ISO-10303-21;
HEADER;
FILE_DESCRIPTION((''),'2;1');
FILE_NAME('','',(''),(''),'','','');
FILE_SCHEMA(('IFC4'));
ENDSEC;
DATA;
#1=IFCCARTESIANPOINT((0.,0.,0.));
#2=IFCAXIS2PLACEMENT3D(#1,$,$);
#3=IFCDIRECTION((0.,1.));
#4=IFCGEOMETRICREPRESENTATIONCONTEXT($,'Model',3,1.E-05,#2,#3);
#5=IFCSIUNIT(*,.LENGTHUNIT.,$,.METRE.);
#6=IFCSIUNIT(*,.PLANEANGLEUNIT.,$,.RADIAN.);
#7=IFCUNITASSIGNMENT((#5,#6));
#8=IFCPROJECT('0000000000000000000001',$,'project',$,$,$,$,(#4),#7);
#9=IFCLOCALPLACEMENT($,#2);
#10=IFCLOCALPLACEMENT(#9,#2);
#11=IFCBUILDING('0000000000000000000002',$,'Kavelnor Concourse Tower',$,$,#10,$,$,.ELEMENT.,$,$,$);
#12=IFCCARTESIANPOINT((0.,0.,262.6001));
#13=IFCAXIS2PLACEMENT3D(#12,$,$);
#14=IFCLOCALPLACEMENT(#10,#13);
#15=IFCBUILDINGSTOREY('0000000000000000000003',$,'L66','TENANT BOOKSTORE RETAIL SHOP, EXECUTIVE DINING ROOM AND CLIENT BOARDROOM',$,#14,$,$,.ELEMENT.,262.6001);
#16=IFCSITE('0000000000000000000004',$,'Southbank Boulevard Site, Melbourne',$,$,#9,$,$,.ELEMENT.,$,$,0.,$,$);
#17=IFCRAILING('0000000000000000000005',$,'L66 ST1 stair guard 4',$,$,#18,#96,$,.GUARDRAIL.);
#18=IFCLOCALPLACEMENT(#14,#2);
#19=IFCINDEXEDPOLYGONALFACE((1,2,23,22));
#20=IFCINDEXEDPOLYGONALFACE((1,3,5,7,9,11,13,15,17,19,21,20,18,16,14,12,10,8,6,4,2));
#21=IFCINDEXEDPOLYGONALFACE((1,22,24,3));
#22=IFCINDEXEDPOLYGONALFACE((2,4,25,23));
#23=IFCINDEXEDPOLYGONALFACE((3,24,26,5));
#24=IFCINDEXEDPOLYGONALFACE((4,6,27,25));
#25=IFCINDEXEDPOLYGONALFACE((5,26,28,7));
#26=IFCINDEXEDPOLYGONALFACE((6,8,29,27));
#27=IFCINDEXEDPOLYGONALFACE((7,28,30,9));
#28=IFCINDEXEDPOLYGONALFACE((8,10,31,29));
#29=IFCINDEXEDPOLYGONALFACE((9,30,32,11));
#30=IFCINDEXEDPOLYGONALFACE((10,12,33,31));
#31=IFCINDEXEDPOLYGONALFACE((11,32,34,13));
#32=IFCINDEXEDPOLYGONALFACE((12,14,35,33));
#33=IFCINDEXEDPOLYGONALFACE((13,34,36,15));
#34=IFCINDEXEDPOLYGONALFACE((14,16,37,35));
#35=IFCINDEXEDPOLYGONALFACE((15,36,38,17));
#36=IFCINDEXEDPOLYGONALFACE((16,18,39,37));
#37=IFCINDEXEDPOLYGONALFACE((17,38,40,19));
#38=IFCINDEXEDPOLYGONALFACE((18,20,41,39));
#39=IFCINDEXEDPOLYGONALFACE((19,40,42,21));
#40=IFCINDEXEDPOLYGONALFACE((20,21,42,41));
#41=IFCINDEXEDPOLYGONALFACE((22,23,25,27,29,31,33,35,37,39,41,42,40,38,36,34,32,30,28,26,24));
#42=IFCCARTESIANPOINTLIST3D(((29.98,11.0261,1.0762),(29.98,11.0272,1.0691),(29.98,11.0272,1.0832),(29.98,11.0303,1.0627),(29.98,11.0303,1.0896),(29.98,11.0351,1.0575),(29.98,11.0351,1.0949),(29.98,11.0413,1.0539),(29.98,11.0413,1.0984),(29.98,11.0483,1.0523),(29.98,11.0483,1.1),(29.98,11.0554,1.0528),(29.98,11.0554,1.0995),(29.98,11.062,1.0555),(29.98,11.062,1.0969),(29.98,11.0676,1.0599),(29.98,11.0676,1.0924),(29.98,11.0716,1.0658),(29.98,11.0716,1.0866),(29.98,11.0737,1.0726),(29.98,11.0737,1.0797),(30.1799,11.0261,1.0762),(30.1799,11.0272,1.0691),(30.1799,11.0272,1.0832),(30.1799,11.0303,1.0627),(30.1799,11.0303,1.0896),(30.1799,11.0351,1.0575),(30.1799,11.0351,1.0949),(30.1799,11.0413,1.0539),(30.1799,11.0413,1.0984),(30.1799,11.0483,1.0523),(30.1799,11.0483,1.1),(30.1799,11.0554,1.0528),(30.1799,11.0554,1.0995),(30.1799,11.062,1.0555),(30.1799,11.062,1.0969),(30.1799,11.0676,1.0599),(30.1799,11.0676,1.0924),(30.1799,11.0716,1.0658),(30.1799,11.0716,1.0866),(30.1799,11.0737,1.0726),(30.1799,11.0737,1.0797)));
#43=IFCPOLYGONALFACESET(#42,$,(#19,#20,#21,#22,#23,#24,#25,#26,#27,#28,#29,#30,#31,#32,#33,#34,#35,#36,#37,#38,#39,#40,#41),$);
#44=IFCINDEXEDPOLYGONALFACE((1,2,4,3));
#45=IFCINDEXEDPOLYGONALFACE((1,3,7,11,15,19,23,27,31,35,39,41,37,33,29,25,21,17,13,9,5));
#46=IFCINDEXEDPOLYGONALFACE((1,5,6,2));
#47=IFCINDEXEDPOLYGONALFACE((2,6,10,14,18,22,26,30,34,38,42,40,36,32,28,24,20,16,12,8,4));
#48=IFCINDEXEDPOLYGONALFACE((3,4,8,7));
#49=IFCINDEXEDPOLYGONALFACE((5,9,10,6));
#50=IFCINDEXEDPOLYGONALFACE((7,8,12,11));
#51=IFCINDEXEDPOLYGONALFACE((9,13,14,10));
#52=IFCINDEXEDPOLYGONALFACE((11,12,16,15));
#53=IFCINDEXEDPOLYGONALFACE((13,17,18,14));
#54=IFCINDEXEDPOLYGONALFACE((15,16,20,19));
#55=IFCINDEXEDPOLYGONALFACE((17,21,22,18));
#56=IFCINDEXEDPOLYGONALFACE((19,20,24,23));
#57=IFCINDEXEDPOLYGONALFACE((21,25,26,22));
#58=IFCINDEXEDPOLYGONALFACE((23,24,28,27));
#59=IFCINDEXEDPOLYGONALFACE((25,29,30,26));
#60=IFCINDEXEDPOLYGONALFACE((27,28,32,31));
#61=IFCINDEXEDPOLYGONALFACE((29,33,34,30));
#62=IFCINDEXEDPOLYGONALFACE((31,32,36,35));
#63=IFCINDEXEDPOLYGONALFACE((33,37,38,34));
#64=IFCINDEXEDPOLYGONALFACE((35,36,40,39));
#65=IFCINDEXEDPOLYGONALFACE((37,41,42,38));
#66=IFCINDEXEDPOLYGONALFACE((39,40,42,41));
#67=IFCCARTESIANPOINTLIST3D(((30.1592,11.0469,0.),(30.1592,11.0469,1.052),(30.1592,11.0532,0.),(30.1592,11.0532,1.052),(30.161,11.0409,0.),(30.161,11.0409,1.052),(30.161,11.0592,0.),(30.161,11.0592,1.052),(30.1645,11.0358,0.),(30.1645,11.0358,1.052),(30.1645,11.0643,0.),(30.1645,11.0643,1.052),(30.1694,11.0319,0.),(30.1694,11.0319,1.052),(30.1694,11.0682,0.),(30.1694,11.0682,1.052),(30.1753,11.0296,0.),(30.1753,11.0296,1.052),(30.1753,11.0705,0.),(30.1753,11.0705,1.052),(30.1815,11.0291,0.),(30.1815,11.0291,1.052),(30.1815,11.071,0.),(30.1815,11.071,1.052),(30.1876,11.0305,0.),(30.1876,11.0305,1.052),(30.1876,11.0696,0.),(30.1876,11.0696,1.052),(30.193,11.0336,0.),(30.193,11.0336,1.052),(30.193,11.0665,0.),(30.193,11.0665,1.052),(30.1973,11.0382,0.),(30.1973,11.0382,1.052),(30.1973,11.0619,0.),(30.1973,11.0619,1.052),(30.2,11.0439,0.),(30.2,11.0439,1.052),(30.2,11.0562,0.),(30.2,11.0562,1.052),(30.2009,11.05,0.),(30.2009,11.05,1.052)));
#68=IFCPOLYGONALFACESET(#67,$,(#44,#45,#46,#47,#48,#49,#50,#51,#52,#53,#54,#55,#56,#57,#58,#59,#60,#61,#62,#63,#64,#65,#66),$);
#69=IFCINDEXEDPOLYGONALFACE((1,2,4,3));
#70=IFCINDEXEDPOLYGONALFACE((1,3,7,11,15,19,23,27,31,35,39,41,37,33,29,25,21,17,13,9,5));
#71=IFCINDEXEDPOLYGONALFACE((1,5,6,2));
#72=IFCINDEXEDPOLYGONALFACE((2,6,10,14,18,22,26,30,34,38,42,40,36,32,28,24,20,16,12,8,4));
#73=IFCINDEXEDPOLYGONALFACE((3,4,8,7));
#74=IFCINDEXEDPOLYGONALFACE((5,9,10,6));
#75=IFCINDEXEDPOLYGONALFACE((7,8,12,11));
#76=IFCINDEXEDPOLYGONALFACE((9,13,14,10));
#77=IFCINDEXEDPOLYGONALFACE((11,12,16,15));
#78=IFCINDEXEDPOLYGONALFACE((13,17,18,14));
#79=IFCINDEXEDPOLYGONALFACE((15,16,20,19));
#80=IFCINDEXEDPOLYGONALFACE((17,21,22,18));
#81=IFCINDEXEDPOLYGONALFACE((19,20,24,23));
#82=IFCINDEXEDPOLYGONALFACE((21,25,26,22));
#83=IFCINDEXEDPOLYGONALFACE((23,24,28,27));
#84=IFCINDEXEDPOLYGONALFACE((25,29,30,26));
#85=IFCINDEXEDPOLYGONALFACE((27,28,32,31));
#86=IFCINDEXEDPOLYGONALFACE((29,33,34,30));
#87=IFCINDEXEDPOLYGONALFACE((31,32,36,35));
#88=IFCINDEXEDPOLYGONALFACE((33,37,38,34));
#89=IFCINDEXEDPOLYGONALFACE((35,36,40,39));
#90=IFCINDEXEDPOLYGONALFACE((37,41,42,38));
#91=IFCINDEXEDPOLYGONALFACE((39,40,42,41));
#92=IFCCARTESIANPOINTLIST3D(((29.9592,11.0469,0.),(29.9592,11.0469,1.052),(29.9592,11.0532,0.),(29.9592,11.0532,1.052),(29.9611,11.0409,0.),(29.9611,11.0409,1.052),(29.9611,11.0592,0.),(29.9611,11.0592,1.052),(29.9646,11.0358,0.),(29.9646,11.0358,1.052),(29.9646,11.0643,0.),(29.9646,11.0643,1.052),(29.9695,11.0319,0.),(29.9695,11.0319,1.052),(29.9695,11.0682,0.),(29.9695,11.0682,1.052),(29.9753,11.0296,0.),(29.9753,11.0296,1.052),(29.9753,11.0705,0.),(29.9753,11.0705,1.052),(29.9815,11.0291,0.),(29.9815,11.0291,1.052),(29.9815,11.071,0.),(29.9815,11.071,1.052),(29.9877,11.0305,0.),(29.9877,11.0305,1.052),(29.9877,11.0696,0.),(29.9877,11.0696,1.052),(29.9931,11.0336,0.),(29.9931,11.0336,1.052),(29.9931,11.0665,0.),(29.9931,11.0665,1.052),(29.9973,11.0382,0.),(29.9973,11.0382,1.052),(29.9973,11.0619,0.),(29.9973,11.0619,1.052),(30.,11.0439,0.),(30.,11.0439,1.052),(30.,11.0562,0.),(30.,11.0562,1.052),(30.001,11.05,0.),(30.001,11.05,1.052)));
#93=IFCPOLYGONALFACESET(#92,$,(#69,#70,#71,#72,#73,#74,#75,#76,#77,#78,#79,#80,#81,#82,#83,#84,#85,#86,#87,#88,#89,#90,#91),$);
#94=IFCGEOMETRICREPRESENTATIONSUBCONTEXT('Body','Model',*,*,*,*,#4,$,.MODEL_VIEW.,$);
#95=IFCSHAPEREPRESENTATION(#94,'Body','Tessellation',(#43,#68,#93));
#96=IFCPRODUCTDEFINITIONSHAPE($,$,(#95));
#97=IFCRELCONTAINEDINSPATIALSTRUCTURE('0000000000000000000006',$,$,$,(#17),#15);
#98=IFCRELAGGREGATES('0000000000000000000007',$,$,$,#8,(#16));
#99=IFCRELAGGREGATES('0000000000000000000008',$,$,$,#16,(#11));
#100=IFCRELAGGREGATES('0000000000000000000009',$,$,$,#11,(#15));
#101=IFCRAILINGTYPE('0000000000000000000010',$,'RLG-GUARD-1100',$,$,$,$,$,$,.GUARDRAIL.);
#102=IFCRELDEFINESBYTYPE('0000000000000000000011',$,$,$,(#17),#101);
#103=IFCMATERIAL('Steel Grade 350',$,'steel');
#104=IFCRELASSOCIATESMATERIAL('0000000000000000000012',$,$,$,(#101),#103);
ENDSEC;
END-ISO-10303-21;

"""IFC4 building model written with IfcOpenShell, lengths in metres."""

from ifc_helpers import new_model, si_unit, direction, frame, origin, origin_2d, place, context, subcontext, project, spatial, circle, extrude, material, type_object, element, save


model = new_model("IFC4")

# Units and contexts
model_context = context("Model", 3, precision=1e-05, world=origin(), true_north=direction((0.0, 1.0)))
body_context = subcontext(model_context, "Body", "Model", "MODEL_VIEW")
ifc_project = project(units=[si_unit("LENGTHUNIT", "METRE"), si_unit("PLANEANGLEUNIT", "RADIAN")], contexts=[model_context])

# Site, building, storey
site_placement = place(None, origin())
site = spatial("IfcSite", under=ifc_project, at=site_placement, Name="Southbank Boulevard Site, Melbourne", CompositionType="ELEMENT", RefElevation=0.0)
building_placement = place(site_placement, origin())
building = spatial("IfcBuilding", under=site, at=building_placement, Name="Kavelnor Concourse Tower", CompositionType="ELEMENT")
storey_placement = place(building_placement, frame((0.0, 0.0, 262.6001)))
storey = spatial("IfcBuildingStorey", under=building, at=storey_placement, Name="L66", Description="TENANT BOOKSTORE RETAIL SHOP, EXECUTIVE DINING ROOM AND CLIENT BOARDROOM", CompositionType="ELEMENT", Elevation=262.6001)

# Shared definitions
ifc_material_1 = material(Name="Steel Grade 350", Category="steel")

# Railing
railing_type_1 = type_object("IfcRailingType", Name="RLG-GUARD-1100", PredefinedType="GUARDRAIL", material=ifc_material_1)
railing_1_placement = place(storey_placement, frame((30.1799, 11.05, 0.0)))
element("IfcRailing", 1, at=railing_1_placement, inside=storey, type_object=railing_type_1, Name="L66 ST1 stair guard 4", PredefinedType="GUARDRAIL", context=body_context, shape_type="SweptSolid", body=[
    extrude(circle(Radius=0.0239, at=origin_2d()), frame((0.0, 0.0, 1.0762), z_axis=(-1.0, 0.0, 0.0), x_axis=(0.0, -1.0, 0.0)), (0.0, 0.0, 1.0), 0.2),
    extrude(circle(Radius=0.021, at=origin_2d()), origin(), (0.0, 0.0, 1.0), 1.052),
    extrude(circle(Radius=0.021, at=origin_2d()), frame((-0.2, 0.0, 0.0)), (0.0, 0.0, 1.0), 1.052),
])

save(model, "model.ifc")
